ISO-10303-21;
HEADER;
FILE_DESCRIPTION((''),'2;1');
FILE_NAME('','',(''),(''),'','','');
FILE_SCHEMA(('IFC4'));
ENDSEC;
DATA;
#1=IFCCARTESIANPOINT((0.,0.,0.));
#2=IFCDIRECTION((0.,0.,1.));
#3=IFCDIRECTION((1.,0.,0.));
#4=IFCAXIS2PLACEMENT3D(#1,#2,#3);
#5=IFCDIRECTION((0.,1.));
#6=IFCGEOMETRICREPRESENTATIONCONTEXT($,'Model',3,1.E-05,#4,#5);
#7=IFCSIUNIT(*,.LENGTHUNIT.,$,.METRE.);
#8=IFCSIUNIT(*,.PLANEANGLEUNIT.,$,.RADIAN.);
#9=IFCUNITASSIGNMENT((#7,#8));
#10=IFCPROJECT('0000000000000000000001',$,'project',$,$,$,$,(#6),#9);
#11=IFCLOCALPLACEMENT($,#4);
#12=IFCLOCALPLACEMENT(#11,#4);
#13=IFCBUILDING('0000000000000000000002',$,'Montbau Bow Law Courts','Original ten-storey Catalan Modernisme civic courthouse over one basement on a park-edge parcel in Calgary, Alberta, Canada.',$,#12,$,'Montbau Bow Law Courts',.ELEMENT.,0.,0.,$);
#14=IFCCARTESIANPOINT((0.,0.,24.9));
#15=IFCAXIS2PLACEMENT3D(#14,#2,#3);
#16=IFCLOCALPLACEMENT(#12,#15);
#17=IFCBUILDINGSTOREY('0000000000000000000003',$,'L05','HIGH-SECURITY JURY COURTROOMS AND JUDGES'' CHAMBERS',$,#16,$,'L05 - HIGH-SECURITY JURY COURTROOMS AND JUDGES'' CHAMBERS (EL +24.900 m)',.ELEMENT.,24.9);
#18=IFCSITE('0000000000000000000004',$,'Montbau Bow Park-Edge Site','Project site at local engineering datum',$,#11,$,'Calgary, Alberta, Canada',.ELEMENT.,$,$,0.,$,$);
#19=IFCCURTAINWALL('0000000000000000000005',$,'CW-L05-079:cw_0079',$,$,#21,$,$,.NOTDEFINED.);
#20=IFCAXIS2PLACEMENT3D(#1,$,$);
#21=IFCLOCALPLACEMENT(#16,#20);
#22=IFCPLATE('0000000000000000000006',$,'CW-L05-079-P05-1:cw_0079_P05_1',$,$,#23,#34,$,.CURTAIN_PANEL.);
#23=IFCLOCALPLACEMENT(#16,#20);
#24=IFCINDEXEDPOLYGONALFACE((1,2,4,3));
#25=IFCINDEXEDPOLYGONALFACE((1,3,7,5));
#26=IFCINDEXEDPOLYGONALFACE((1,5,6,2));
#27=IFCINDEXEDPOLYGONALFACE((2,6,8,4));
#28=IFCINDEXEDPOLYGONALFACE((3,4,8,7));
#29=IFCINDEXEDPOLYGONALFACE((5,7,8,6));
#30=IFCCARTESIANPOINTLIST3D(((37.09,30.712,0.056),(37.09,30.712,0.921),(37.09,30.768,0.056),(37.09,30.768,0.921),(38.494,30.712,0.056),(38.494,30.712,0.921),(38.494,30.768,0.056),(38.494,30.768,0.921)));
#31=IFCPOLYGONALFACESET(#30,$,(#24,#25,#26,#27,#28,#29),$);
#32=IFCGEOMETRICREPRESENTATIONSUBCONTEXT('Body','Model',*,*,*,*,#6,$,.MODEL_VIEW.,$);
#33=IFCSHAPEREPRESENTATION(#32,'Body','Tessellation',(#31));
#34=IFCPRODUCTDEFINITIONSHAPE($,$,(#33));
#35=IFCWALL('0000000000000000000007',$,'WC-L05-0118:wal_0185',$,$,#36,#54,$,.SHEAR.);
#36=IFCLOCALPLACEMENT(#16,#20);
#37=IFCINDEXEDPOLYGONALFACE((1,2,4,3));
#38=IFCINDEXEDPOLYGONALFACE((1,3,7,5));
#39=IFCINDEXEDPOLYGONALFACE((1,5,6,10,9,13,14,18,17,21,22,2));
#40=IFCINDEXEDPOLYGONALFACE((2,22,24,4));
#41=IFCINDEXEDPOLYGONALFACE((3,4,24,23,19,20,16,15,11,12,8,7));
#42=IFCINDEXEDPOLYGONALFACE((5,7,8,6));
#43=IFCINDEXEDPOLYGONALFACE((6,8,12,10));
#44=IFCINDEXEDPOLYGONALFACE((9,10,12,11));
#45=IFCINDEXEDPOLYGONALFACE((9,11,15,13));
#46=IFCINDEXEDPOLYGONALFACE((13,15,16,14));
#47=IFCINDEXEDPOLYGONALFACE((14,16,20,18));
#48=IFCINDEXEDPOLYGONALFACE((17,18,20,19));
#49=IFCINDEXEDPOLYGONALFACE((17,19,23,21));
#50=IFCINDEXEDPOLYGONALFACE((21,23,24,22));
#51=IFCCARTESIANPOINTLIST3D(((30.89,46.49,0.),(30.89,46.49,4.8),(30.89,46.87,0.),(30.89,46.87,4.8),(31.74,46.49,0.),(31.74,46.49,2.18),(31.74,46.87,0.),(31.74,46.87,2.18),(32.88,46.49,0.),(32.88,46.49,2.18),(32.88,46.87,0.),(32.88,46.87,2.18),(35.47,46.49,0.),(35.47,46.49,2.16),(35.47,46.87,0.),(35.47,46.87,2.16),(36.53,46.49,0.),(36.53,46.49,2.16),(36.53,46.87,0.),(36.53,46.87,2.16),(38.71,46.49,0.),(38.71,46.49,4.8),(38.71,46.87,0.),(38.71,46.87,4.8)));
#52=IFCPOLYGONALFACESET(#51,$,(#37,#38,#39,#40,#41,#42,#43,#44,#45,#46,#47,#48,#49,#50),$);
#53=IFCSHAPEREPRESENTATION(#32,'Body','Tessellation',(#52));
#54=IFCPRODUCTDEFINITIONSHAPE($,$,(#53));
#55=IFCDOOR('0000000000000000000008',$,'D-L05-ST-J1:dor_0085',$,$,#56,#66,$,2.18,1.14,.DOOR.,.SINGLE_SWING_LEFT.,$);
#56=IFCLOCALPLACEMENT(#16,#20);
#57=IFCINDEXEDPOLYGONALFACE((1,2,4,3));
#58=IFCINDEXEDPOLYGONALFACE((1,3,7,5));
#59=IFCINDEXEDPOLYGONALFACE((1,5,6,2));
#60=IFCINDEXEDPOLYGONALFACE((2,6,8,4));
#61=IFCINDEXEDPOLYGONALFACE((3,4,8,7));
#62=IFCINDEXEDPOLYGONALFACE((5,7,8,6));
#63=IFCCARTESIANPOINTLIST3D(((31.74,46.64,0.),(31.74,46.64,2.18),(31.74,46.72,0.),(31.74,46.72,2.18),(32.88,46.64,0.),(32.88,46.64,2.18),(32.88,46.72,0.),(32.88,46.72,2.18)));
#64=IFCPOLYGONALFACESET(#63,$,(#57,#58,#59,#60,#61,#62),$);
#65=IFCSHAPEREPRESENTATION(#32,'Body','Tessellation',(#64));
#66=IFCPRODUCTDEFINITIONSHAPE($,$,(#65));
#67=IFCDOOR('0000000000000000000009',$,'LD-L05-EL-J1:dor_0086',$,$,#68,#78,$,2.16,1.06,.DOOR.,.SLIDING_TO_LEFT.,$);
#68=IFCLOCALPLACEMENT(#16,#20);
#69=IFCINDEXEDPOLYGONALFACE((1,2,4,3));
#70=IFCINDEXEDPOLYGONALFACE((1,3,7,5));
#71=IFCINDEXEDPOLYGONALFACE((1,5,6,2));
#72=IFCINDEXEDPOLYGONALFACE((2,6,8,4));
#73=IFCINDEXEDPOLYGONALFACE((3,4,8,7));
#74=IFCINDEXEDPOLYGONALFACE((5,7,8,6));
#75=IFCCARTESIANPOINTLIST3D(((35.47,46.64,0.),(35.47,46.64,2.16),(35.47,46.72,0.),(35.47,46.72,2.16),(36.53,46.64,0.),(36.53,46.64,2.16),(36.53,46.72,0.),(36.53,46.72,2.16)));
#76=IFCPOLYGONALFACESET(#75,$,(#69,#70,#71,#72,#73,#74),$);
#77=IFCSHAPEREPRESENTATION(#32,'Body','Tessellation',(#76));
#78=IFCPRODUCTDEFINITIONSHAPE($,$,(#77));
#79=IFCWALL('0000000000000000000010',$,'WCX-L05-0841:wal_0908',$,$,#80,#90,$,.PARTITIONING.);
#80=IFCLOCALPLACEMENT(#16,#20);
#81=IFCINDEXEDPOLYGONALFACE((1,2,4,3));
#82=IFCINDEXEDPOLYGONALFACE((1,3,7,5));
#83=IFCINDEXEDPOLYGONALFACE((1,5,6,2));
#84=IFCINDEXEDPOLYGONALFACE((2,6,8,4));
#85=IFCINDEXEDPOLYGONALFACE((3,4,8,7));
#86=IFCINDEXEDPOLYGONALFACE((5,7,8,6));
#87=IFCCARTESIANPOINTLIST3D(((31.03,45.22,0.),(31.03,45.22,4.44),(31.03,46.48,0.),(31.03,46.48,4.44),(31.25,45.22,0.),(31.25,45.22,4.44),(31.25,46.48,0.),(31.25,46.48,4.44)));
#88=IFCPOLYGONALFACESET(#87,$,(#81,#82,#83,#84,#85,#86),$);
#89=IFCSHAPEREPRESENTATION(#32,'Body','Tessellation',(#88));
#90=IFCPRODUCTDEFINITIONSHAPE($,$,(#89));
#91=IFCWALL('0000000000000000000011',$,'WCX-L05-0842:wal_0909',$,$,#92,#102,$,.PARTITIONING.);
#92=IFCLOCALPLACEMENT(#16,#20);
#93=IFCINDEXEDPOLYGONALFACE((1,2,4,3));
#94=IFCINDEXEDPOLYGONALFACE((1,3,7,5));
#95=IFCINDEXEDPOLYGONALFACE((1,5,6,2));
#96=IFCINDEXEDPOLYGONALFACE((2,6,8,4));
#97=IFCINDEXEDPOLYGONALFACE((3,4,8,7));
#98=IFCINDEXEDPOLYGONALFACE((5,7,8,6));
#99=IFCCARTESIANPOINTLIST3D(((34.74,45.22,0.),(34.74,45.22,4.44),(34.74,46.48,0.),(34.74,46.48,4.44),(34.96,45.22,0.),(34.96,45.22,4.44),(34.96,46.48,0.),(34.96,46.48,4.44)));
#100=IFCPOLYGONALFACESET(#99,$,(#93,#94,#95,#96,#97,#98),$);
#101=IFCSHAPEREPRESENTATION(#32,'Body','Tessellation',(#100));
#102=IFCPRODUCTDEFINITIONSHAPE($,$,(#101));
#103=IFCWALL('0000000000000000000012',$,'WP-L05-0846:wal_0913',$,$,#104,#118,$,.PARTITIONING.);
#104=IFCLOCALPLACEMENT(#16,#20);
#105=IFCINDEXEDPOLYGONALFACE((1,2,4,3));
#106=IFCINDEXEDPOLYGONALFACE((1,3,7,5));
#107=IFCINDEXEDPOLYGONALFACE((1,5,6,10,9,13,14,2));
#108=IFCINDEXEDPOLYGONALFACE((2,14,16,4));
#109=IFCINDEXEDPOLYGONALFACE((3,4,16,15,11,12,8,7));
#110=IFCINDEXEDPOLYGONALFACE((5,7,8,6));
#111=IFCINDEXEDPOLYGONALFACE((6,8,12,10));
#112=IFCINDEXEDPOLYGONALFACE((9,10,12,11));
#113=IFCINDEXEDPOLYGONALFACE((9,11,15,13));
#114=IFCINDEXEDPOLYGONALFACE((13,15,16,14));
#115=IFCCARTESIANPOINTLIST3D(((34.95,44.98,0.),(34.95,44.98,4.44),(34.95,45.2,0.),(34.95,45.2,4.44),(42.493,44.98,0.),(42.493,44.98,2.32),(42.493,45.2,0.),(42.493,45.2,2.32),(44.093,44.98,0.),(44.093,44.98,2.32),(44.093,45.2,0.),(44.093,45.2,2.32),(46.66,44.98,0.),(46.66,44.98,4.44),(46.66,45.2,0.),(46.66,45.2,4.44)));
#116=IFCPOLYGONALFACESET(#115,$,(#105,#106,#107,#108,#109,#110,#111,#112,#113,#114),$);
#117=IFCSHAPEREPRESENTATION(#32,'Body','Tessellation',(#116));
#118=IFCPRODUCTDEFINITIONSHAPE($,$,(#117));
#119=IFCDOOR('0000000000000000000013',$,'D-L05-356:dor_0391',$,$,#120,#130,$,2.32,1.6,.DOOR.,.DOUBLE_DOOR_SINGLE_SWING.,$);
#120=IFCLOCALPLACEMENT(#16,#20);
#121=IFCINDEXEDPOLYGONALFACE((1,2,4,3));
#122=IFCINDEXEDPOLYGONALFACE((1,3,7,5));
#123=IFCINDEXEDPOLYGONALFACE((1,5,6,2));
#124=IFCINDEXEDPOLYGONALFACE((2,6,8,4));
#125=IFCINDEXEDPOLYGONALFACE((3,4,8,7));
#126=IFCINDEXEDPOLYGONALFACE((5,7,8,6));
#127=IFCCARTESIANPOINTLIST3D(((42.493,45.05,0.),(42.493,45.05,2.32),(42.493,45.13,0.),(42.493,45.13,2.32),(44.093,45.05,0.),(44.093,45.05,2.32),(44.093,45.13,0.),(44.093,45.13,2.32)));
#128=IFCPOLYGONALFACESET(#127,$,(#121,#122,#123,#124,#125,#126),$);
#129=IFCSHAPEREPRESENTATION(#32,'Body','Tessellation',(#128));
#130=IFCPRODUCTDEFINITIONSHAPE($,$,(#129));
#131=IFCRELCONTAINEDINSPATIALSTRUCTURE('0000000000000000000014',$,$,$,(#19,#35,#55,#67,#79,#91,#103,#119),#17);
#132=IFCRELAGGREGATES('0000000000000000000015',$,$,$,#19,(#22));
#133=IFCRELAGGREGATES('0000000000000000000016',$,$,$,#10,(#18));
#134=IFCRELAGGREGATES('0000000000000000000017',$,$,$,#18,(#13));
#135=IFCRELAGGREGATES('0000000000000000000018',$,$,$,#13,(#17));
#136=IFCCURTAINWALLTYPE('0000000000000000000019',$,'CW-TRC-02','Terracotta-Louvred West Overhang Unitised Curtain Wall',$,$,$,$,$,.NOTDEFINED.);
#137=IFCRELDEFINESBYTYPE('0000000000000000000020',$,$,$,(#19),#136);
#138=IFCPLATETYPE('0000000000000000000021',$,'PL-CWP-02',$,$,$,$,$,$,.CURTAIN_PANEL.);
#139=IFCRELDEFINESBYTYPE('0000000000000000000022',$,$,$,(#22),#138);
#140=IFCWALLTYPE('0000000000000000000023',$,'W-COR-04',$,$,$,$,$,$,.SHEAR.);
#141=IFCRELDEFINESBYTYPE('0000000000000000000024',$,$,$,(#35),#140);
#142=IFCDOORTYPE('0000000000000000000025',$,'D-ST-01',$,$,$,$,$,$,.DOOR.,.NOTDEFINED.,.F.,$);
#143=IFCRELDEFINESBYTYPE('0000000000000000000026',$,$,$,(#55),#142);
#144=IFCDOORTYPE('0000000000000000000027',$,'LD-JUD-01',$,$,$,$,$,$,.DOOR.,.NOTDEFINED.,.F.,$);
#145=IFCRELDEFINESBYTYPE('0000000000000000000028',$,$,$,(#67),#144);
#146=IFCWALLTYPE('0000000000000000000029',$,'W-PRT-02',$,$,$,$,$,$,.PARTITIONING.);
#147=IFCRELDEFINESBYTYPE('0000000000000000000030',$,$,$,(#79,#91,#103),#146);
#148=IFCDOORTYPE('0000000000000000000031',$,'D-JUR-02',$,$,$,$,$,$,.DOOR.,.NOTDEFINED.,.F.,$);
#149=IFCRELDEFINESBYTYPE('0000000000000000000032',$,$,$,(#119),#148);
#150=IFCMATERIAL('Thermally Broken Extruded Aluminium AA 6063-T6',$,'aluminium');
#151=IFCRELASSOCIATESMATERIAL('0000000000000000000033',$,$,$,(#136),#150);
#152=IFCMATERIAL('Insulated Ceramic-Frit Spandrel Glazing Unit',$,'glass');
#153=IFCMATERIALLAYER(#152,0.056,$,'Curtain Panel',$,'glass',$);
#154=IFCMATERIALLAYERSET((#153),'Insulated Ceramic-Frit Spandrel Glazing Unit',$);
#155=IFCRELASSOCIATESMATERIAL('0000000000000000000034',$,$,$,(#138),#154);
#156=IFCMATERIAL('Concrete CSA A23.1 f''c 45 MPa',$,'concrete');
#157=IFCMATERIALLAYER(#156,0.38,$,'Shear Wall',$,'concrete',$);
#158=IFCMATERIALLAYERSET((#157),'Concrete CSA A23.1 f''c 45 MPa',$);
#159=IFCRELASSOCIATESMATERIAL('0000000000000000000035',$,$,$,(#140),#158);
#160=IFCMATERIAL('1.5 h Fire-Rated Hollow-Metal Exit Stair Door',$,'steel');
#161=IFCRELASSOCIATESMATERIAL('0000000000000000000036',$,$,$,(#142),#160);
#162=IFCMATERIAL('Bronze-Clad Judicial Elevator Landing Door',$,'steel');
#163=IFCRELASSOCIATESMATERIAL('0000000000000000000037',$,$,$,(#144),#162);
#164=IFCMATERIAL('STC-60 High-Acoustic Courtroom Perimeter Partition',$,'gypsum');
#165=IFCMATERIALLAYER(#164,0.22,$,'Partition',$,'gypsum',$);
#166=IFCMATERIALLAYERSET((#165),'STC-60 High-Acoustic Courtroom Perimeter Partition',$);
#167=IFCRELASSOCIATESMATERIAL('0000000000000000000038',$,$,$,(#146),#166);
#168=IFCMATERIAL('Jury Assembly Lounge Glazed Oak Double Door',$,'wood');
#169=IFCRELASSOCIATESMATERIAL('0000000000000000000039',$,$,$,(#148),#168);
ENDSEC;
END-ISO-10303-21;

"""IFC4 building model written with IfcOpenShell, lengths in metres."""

from ifc_helpers import new_model, si_unit, direction, frame, frame_2d, origin_with_axes, place, context, subcontext, project, spatial, rectangle, extrude, material, layer, layer_set, type_object, element, fill, aggregate, save


model = new_model("IFC4")

# Units and contexts
model_context = context("Model", 3, precision=1e-05, world=origin_with_axes(), true_north=direction((0.0, 1.0)))
body_context = subcontext(model_context, "Body", "Model", "MODEL_VIEW")
ifc_project = project(units=[si_unit("LENGTHUNIT", "METRE"), si_unit("PLANEANGLEUNIT", "RADIAN")], contexts=[model_context])

# Site, building, storey
site_placement = place(None, origin_with_axes())
site = spatial("IfcSite", under=ifc_project, at=site_placement, Name="Montbau Bow Park-Edge Site", Description="Project site at local engineering datum", LongName="Calgary, Alberta, Canada", CompositionType="ELEMENT", RefElevation=0.0)
building_placement = place(site_placement, origin_with_axes())
building = spatial("IfcBuilding", under=site, at=building_placement, Name="Montbau Bow Law Courts", Description="Original ten-storey Catalan Modernisme civic courthouse over one basement on a park-edge parcel in Calgary, Alberta, Canada.", LongName="Montbau Bow Law Courts", CompositionType="ELEMENT", ElevationOfRefHeight=0.0, ElevationOfTerrain=0.0)
storey_placement = place(building_placement, frame((0.0, 0.0, 24.9), z_axis=(0.0, 0.0, 1.0), x_axis=(1.0, 0.0, 0.0)))
storey = spatial("IfcBuildingStorey", under=building, at=storey_placement, Name="L05", Description="HIGH-SECURITY JURY COURTROOMS AND JUDGES' CHAMBERS", LongName="L05 - HIGH-SECURITY JURY COURTROOMS AND JUDGES' CHAMBERS (EL +24.900 m)", CompositionType="ELEMENT", Elevation=24.9)

# Curtain wall, plate
ifc_material_1 = material(Name="Thermally Broken Extruded Aluminium AA 6063-T6", Category="aluminium")
curtain_wall_type = type_object("IfcCurtainWallType", Name="CW-TRC-02", Description="Terracotta-Louvred West Overhang Unitised Curtain Wall", PredefinedType="NOTDEFINED", material=ifc_material_1)
curtain_wall_placement = place(None, frame((31.04, 30.74, 24.9), z_axis=(0.0, 0.0, 1.0), x_axis=(1.0, 0.0, 0.0)))
curtain_wall = element("IfcCurtainWall", 1, at=curtain_wall_placement, inside=storey, type_object=curtain_wall_type, Name="CW-L05-079:cw_0079", PredefinedType="NOTDEFINED")
ifc_material_2 = material(Name="Insulated Ceramic-Frit Spandrel Glazing Unit", Category="glass")
ifc_layer_1 = layer(ifc_material_2, 0.056, Name="Curtain Panel", Category="glass")
ifc_layer_set_1 = layer_set([ifc_layer_1], Name="Insulated Ceramic-Frit Spandrel Glazing Unit")
plate_type_1 = type_object("IfcPlateType", Name="PL-CWP-02", PredefinedType="CURTAIN_PANEL", material=ifc_layer_set_1)
plate_1_placement = place(None, frame((37.09, 30.74, 24.956), z_axis=(0.0, -1.0, 0.0), x_axis=(1.0, 0.0, 0.0)))
plate_1 = element("IfcPlate", 2, at=plate_1_placement, type_object=plate_type_1, Name="CW-L05-079-P05-1:cw_0079_P05_1", PredefinedType="CURTAIN_PANEL", context=body_context, shape_type="SweptSolid", body=[
    extrude(rectangle(XDim=1.404, YDim=0.865, at=frame_2d((0.702, 0.4325), x_axis=(1.0, 0.0))), frame((0.0, 0.0, -0.028), z_axis=(0.0, 0.0, 1.0), x_axis=(1.0, 0.0, 0.0)), (0.0, 0.0, 1.0), 0.056),
])
aggregate(curtain_wall, [plate_1])

# Wall, openings, doors
ifc_material_3 = material(Name="Concrete CSA A23.1 f'c 45 MPa", Category="concrete")
ifc_layer_2 = layer(ifc_material_3, 0.38, Name="Shear Wall", Category="concrete")
ifc_layer_set_2 = layer_set([ifc_layer_2], Name="Concrete CSA A23.1 f'c 45 MPa")
wall_type_1 = type_object("IfcWallType", Name="W-COR-04", PredefinedType="SHEAR", material=ifc_layer_set_2)
wall_1_placement = place(None, frame((30.89, 46.68, 24.9), z_axis=(0.0, 0.0, 1.0), x_axis=(1.0, 0.0, 0.0)))
wall_1 = element("IfcWall", 3, at=wall_1_placement, inside=storey, type_object=wall_type_1, Name="WC-L05-0118:wal_0185", PredefinedType="SHEAR", context=body_context, shape_type="SweptSolid", body=[
    extrude(rectangle(XDim=7.82, YDim=0.38, at=frame_2d((3.91, 0.0), x_axis=(1.0, 0.0))), origin_with_axes(), (0.0, 0.0, 1.0), 4.8),
])
opening_1_placement = place(None, frame((32.31, 46.68, 24.9), z_axis=(0.0, 0.0, 1.0), x_axis=(1.0, 0.0, 0.0)))
opening_1 = element("IfcOpeningElement", 4, at=opening_1_placement, cuts=wall_1, PredefinedType="OPENING", context=body_context, shape_type="SweptSolid", body=[
    extrude(rectangle(XDim=1.14, YDim=2.18, at=frame_2d((0.0, 1.09), x_axis=(1.0, 0.0))), frame((0.0, 0.2, 0.0), z_axis=(0.0, -1.0, 0.0), x_axis=(1.0, 0.0, 0.0)), (0.0, 0.0, 1.0), 0.4),
])
opening_2_placement = place(None, frame((36.0, 46.68, 24.9), z_axis=(0.0, 0.0, 1.0), x_axis=(1.0, 0.0, 0.0)))
opening_2 = element("IfcOpeningElement", 5, at=opening_2_placement, cuts=wall_1, PredefinedType="OPENING", context=body_context, shape_type="SweptSolid", body=[
    extrude(rectangle(XDim=1.06, YDim=2.16, at=frame_2d((0.0, 1.08), x_axis=(1.0, 0.0))), frame((0.0, 0.2, 0.0), z_axis=(0.0, -1.0, 0.0), x_axis=(1.0, 0.0, 0.0)), (0.0, 0.0, 1.0), 0.4),
])
ifc_material_4 = material(Name="1.5 h Fire-Rated Hollow-Metal Exit Stair Door", Category="steel")
door_type_1 = type_object("IfcDoorType", Name="D-ST-01", OperationType="NOTDEFINED", ParameterTakesPrecedence=False, PredefinedType="DOOR", material=ifc_material_4)
door_1_placement = place(None, frame((32.31, 46.68, 24.9), z_axis=(0.0, 0.0, 1.0), x_axis=(-1.0, 0.0, 0.0)))
door_1 = element("IfcDoor", 6, at=door_1_placement, inside=storey, type_object=door_type_1, Name="D-L05-ST-J1:dor_0085", OperationType="SINGLE_SWING_LEFT", OverallHeight=2.18, OverallWidth=1.14, PredefinedType="DOOR", context=body_context, shape_type="SweptSolid", body=[
    extrude(rectangle(XDim=1.14, YDim=2.18, at=frame_2d((0.0, 1.09), x_axis=(1.0, 0.0))), frame((0.0, 0.04, 0.0), z_axis=(0.0, -1.0, 0.0), x_axis=(1.0, 0.0, 0.0)), (0.0, 0.0, 1.0), 0.08),
])
fill(opening_1, door_1)
ifc_material_5 = material(Name="Bronze-Clad Judicial Elevator Landing Door", Category="steel")
door_type_2 = type_object("IfcDoorType", Name="LD-JUD-01", OperationType="NOTDEFINED", ParameterTakesPrecedence=False, PredefinedType="DOOR", material=ifc_material_5)
door_2_placement = place(None, frame((36.0, 46.68, 24.9), z_axis=(0.0, 0.0, 1.0), x_axis=(-1.0, 0.0, 0.0)))
door_2 = element("IfcDoor", 7, at=door_2_placement, inside=storey, type_object=door_type_2, Name="LD-L05-EL-J1:dor_0086", OperationType="SLIDING_TO_LEFT", OverallHeight=2.16, OverallWidth=1.06, PredefinedType="DOOR", context=body_context, shape_type="SweptSolid", body=[
    extrude(rectangle(XDim=1.06, YDim=2.16, at=frame_2d((0.0, 1.08), x_axis=(1.0, 0.0))), frame((0.0, 0.04, 0.0), z_axis=(0.0, -1.0, 0.0), x_axis=(1.0, 0.0, 0.0)), (0.0, 0.0, 1.0), 0.08),
])
fill(opening_2, door_2)

# Walls
ifc_material_6 = material(Name="STC-60 High-Acoustic Courtroom Perimeter Partition", Category="gypsum")
ifc_layer_3 = layer(ifc_material_6, 0.22, Name="Partition", Category="gypsum")
ifc_layer_set_3 = layer_set([ifc_layer_3], Name="STC-60 High-Acoustic Courtroom Perimeter Partition")
wall_type_2 = type_object("IfcWallType", Name="W-PRT-02", PredefinedType="PARTITIONING", material=ifc_layer_set_3)
for number, where, z_axis, x_axis, name in (
    (8, (31.14, 45.22, 24.9), (0.0, 0.0, 1.0), (0.0, 1.0, 0.0), "WCX-L05-0841:wal_0908"),
    (9, (34.85, 45.22, 24.9), (0.0, 0.0, 1.0), (0.0, 1.0, 0.0), "WCX-L05-0842:wal_0909"),
):
    element("IfcWall", number, at=place(None, frame(where, z_axis=z_axis, x_axis=x_axis)), inside=storey, type_object=wall_type_2, Name=name, PredefinedType="PARTITIONING", context=body_context, shape_type="SweptSolid", body=[
        extrude(rectangle(XDim=1.26, YDim=0.22, at=frame_2d((0.63, 0.0), x_axis=(1.0, 0.0))), origin_with_axes(), (0.0, 0.0, 1.0), 4.44),
    ])

# Wall, opening, door
wall_2_placement = place(None, frame((34.95, 45.09, 24.9), z_axis=(0.0, 0.0, 1.0), x_axis=(1.0, 0.0, 0.0)))
wall_2 = element("IfcWall", 10, at=wall_2_placement, inside=storey, type_object=wall_type_2, Name="WP-L05-0846:wal_0913", PredefinedType="PARTITIONING", context=body_context, shape_type="SweptSolid", body=[
    extrude(rectangle(XDim=11.71, YDim=0.22, at=frame_2d((5.855, 0.0), x_axis=(1.0, 0.0))), origin_with_axes(), (0.0, 0.0, 1.0), 4.44),
])
opening_3_placement = place(None, frame((43.293, 45.09, 24.9), z_axis=(0.0, 0.0, 1.0), x_axis=(1.0, 0.0, 0.0)))
opening_3 = element("IfcOpeningElement", 11, at=opening_3_placement, cuts=wall_2, PredefinedType="OPENING", context=body_context, shape_type="SweptSolid", body=[
    extrude(rectangle(XDim=1.6, YDim=2.32, at=frame_2d((0.0, 1.16), x_axis=(1.0, 0.0))), frame((0.0, 0.12, 0.0), z_axis=(0.0, -1.0, 0.0), x_axis=(1.0, 0.0, 0.0)), (0.0, 0.0, 1.0), 0.24),
])
ifc_material_7 = material(Name="Jury Assembly Lounge Glazed Oak Double Door", Category="wood")
door_type_3 = type_object("IfcDoorType", Name="D-JUR-02", OperationType="NOTDEFINED", ParameterTakesPrecedence=False, PredefinedType="DOOR", material=ifc_material_7)
door_3_placement = place(None, frame((43.293, 45.09, 24.9), z_axis=(0.0, 0.0, 1.0), x_axis=(-1.0, 0.0, 0.0)))
door_3 = element("IfcDoor", 12, at=door_3_placement, inside=storey, type_object=door_type_3, Name="D-L05-356:dor_0391", OperationType="DOUBLE_DOOR_SINGLE_SWING", OverallHeight=2.32, OverallWidth=1.6, PredefinedType="DOOR", context=body_context, shape_type="SweptSolid", body=[
    extrude(rectangle(XDim=1.6, YDim=2.32, at=frame_2d((0.0, 1.16), x_axis=(1.0, 0.0))), frame((0.0, 0.04, 0.0), z_axis=(0.0, -1.0, 0.0), x_axis=(1.0, 0.0, 0.0)), (0.0, 0.0, 1.0), 0.08),
])
fill(opening_3, door_3)

save(model, "model.ifc")
